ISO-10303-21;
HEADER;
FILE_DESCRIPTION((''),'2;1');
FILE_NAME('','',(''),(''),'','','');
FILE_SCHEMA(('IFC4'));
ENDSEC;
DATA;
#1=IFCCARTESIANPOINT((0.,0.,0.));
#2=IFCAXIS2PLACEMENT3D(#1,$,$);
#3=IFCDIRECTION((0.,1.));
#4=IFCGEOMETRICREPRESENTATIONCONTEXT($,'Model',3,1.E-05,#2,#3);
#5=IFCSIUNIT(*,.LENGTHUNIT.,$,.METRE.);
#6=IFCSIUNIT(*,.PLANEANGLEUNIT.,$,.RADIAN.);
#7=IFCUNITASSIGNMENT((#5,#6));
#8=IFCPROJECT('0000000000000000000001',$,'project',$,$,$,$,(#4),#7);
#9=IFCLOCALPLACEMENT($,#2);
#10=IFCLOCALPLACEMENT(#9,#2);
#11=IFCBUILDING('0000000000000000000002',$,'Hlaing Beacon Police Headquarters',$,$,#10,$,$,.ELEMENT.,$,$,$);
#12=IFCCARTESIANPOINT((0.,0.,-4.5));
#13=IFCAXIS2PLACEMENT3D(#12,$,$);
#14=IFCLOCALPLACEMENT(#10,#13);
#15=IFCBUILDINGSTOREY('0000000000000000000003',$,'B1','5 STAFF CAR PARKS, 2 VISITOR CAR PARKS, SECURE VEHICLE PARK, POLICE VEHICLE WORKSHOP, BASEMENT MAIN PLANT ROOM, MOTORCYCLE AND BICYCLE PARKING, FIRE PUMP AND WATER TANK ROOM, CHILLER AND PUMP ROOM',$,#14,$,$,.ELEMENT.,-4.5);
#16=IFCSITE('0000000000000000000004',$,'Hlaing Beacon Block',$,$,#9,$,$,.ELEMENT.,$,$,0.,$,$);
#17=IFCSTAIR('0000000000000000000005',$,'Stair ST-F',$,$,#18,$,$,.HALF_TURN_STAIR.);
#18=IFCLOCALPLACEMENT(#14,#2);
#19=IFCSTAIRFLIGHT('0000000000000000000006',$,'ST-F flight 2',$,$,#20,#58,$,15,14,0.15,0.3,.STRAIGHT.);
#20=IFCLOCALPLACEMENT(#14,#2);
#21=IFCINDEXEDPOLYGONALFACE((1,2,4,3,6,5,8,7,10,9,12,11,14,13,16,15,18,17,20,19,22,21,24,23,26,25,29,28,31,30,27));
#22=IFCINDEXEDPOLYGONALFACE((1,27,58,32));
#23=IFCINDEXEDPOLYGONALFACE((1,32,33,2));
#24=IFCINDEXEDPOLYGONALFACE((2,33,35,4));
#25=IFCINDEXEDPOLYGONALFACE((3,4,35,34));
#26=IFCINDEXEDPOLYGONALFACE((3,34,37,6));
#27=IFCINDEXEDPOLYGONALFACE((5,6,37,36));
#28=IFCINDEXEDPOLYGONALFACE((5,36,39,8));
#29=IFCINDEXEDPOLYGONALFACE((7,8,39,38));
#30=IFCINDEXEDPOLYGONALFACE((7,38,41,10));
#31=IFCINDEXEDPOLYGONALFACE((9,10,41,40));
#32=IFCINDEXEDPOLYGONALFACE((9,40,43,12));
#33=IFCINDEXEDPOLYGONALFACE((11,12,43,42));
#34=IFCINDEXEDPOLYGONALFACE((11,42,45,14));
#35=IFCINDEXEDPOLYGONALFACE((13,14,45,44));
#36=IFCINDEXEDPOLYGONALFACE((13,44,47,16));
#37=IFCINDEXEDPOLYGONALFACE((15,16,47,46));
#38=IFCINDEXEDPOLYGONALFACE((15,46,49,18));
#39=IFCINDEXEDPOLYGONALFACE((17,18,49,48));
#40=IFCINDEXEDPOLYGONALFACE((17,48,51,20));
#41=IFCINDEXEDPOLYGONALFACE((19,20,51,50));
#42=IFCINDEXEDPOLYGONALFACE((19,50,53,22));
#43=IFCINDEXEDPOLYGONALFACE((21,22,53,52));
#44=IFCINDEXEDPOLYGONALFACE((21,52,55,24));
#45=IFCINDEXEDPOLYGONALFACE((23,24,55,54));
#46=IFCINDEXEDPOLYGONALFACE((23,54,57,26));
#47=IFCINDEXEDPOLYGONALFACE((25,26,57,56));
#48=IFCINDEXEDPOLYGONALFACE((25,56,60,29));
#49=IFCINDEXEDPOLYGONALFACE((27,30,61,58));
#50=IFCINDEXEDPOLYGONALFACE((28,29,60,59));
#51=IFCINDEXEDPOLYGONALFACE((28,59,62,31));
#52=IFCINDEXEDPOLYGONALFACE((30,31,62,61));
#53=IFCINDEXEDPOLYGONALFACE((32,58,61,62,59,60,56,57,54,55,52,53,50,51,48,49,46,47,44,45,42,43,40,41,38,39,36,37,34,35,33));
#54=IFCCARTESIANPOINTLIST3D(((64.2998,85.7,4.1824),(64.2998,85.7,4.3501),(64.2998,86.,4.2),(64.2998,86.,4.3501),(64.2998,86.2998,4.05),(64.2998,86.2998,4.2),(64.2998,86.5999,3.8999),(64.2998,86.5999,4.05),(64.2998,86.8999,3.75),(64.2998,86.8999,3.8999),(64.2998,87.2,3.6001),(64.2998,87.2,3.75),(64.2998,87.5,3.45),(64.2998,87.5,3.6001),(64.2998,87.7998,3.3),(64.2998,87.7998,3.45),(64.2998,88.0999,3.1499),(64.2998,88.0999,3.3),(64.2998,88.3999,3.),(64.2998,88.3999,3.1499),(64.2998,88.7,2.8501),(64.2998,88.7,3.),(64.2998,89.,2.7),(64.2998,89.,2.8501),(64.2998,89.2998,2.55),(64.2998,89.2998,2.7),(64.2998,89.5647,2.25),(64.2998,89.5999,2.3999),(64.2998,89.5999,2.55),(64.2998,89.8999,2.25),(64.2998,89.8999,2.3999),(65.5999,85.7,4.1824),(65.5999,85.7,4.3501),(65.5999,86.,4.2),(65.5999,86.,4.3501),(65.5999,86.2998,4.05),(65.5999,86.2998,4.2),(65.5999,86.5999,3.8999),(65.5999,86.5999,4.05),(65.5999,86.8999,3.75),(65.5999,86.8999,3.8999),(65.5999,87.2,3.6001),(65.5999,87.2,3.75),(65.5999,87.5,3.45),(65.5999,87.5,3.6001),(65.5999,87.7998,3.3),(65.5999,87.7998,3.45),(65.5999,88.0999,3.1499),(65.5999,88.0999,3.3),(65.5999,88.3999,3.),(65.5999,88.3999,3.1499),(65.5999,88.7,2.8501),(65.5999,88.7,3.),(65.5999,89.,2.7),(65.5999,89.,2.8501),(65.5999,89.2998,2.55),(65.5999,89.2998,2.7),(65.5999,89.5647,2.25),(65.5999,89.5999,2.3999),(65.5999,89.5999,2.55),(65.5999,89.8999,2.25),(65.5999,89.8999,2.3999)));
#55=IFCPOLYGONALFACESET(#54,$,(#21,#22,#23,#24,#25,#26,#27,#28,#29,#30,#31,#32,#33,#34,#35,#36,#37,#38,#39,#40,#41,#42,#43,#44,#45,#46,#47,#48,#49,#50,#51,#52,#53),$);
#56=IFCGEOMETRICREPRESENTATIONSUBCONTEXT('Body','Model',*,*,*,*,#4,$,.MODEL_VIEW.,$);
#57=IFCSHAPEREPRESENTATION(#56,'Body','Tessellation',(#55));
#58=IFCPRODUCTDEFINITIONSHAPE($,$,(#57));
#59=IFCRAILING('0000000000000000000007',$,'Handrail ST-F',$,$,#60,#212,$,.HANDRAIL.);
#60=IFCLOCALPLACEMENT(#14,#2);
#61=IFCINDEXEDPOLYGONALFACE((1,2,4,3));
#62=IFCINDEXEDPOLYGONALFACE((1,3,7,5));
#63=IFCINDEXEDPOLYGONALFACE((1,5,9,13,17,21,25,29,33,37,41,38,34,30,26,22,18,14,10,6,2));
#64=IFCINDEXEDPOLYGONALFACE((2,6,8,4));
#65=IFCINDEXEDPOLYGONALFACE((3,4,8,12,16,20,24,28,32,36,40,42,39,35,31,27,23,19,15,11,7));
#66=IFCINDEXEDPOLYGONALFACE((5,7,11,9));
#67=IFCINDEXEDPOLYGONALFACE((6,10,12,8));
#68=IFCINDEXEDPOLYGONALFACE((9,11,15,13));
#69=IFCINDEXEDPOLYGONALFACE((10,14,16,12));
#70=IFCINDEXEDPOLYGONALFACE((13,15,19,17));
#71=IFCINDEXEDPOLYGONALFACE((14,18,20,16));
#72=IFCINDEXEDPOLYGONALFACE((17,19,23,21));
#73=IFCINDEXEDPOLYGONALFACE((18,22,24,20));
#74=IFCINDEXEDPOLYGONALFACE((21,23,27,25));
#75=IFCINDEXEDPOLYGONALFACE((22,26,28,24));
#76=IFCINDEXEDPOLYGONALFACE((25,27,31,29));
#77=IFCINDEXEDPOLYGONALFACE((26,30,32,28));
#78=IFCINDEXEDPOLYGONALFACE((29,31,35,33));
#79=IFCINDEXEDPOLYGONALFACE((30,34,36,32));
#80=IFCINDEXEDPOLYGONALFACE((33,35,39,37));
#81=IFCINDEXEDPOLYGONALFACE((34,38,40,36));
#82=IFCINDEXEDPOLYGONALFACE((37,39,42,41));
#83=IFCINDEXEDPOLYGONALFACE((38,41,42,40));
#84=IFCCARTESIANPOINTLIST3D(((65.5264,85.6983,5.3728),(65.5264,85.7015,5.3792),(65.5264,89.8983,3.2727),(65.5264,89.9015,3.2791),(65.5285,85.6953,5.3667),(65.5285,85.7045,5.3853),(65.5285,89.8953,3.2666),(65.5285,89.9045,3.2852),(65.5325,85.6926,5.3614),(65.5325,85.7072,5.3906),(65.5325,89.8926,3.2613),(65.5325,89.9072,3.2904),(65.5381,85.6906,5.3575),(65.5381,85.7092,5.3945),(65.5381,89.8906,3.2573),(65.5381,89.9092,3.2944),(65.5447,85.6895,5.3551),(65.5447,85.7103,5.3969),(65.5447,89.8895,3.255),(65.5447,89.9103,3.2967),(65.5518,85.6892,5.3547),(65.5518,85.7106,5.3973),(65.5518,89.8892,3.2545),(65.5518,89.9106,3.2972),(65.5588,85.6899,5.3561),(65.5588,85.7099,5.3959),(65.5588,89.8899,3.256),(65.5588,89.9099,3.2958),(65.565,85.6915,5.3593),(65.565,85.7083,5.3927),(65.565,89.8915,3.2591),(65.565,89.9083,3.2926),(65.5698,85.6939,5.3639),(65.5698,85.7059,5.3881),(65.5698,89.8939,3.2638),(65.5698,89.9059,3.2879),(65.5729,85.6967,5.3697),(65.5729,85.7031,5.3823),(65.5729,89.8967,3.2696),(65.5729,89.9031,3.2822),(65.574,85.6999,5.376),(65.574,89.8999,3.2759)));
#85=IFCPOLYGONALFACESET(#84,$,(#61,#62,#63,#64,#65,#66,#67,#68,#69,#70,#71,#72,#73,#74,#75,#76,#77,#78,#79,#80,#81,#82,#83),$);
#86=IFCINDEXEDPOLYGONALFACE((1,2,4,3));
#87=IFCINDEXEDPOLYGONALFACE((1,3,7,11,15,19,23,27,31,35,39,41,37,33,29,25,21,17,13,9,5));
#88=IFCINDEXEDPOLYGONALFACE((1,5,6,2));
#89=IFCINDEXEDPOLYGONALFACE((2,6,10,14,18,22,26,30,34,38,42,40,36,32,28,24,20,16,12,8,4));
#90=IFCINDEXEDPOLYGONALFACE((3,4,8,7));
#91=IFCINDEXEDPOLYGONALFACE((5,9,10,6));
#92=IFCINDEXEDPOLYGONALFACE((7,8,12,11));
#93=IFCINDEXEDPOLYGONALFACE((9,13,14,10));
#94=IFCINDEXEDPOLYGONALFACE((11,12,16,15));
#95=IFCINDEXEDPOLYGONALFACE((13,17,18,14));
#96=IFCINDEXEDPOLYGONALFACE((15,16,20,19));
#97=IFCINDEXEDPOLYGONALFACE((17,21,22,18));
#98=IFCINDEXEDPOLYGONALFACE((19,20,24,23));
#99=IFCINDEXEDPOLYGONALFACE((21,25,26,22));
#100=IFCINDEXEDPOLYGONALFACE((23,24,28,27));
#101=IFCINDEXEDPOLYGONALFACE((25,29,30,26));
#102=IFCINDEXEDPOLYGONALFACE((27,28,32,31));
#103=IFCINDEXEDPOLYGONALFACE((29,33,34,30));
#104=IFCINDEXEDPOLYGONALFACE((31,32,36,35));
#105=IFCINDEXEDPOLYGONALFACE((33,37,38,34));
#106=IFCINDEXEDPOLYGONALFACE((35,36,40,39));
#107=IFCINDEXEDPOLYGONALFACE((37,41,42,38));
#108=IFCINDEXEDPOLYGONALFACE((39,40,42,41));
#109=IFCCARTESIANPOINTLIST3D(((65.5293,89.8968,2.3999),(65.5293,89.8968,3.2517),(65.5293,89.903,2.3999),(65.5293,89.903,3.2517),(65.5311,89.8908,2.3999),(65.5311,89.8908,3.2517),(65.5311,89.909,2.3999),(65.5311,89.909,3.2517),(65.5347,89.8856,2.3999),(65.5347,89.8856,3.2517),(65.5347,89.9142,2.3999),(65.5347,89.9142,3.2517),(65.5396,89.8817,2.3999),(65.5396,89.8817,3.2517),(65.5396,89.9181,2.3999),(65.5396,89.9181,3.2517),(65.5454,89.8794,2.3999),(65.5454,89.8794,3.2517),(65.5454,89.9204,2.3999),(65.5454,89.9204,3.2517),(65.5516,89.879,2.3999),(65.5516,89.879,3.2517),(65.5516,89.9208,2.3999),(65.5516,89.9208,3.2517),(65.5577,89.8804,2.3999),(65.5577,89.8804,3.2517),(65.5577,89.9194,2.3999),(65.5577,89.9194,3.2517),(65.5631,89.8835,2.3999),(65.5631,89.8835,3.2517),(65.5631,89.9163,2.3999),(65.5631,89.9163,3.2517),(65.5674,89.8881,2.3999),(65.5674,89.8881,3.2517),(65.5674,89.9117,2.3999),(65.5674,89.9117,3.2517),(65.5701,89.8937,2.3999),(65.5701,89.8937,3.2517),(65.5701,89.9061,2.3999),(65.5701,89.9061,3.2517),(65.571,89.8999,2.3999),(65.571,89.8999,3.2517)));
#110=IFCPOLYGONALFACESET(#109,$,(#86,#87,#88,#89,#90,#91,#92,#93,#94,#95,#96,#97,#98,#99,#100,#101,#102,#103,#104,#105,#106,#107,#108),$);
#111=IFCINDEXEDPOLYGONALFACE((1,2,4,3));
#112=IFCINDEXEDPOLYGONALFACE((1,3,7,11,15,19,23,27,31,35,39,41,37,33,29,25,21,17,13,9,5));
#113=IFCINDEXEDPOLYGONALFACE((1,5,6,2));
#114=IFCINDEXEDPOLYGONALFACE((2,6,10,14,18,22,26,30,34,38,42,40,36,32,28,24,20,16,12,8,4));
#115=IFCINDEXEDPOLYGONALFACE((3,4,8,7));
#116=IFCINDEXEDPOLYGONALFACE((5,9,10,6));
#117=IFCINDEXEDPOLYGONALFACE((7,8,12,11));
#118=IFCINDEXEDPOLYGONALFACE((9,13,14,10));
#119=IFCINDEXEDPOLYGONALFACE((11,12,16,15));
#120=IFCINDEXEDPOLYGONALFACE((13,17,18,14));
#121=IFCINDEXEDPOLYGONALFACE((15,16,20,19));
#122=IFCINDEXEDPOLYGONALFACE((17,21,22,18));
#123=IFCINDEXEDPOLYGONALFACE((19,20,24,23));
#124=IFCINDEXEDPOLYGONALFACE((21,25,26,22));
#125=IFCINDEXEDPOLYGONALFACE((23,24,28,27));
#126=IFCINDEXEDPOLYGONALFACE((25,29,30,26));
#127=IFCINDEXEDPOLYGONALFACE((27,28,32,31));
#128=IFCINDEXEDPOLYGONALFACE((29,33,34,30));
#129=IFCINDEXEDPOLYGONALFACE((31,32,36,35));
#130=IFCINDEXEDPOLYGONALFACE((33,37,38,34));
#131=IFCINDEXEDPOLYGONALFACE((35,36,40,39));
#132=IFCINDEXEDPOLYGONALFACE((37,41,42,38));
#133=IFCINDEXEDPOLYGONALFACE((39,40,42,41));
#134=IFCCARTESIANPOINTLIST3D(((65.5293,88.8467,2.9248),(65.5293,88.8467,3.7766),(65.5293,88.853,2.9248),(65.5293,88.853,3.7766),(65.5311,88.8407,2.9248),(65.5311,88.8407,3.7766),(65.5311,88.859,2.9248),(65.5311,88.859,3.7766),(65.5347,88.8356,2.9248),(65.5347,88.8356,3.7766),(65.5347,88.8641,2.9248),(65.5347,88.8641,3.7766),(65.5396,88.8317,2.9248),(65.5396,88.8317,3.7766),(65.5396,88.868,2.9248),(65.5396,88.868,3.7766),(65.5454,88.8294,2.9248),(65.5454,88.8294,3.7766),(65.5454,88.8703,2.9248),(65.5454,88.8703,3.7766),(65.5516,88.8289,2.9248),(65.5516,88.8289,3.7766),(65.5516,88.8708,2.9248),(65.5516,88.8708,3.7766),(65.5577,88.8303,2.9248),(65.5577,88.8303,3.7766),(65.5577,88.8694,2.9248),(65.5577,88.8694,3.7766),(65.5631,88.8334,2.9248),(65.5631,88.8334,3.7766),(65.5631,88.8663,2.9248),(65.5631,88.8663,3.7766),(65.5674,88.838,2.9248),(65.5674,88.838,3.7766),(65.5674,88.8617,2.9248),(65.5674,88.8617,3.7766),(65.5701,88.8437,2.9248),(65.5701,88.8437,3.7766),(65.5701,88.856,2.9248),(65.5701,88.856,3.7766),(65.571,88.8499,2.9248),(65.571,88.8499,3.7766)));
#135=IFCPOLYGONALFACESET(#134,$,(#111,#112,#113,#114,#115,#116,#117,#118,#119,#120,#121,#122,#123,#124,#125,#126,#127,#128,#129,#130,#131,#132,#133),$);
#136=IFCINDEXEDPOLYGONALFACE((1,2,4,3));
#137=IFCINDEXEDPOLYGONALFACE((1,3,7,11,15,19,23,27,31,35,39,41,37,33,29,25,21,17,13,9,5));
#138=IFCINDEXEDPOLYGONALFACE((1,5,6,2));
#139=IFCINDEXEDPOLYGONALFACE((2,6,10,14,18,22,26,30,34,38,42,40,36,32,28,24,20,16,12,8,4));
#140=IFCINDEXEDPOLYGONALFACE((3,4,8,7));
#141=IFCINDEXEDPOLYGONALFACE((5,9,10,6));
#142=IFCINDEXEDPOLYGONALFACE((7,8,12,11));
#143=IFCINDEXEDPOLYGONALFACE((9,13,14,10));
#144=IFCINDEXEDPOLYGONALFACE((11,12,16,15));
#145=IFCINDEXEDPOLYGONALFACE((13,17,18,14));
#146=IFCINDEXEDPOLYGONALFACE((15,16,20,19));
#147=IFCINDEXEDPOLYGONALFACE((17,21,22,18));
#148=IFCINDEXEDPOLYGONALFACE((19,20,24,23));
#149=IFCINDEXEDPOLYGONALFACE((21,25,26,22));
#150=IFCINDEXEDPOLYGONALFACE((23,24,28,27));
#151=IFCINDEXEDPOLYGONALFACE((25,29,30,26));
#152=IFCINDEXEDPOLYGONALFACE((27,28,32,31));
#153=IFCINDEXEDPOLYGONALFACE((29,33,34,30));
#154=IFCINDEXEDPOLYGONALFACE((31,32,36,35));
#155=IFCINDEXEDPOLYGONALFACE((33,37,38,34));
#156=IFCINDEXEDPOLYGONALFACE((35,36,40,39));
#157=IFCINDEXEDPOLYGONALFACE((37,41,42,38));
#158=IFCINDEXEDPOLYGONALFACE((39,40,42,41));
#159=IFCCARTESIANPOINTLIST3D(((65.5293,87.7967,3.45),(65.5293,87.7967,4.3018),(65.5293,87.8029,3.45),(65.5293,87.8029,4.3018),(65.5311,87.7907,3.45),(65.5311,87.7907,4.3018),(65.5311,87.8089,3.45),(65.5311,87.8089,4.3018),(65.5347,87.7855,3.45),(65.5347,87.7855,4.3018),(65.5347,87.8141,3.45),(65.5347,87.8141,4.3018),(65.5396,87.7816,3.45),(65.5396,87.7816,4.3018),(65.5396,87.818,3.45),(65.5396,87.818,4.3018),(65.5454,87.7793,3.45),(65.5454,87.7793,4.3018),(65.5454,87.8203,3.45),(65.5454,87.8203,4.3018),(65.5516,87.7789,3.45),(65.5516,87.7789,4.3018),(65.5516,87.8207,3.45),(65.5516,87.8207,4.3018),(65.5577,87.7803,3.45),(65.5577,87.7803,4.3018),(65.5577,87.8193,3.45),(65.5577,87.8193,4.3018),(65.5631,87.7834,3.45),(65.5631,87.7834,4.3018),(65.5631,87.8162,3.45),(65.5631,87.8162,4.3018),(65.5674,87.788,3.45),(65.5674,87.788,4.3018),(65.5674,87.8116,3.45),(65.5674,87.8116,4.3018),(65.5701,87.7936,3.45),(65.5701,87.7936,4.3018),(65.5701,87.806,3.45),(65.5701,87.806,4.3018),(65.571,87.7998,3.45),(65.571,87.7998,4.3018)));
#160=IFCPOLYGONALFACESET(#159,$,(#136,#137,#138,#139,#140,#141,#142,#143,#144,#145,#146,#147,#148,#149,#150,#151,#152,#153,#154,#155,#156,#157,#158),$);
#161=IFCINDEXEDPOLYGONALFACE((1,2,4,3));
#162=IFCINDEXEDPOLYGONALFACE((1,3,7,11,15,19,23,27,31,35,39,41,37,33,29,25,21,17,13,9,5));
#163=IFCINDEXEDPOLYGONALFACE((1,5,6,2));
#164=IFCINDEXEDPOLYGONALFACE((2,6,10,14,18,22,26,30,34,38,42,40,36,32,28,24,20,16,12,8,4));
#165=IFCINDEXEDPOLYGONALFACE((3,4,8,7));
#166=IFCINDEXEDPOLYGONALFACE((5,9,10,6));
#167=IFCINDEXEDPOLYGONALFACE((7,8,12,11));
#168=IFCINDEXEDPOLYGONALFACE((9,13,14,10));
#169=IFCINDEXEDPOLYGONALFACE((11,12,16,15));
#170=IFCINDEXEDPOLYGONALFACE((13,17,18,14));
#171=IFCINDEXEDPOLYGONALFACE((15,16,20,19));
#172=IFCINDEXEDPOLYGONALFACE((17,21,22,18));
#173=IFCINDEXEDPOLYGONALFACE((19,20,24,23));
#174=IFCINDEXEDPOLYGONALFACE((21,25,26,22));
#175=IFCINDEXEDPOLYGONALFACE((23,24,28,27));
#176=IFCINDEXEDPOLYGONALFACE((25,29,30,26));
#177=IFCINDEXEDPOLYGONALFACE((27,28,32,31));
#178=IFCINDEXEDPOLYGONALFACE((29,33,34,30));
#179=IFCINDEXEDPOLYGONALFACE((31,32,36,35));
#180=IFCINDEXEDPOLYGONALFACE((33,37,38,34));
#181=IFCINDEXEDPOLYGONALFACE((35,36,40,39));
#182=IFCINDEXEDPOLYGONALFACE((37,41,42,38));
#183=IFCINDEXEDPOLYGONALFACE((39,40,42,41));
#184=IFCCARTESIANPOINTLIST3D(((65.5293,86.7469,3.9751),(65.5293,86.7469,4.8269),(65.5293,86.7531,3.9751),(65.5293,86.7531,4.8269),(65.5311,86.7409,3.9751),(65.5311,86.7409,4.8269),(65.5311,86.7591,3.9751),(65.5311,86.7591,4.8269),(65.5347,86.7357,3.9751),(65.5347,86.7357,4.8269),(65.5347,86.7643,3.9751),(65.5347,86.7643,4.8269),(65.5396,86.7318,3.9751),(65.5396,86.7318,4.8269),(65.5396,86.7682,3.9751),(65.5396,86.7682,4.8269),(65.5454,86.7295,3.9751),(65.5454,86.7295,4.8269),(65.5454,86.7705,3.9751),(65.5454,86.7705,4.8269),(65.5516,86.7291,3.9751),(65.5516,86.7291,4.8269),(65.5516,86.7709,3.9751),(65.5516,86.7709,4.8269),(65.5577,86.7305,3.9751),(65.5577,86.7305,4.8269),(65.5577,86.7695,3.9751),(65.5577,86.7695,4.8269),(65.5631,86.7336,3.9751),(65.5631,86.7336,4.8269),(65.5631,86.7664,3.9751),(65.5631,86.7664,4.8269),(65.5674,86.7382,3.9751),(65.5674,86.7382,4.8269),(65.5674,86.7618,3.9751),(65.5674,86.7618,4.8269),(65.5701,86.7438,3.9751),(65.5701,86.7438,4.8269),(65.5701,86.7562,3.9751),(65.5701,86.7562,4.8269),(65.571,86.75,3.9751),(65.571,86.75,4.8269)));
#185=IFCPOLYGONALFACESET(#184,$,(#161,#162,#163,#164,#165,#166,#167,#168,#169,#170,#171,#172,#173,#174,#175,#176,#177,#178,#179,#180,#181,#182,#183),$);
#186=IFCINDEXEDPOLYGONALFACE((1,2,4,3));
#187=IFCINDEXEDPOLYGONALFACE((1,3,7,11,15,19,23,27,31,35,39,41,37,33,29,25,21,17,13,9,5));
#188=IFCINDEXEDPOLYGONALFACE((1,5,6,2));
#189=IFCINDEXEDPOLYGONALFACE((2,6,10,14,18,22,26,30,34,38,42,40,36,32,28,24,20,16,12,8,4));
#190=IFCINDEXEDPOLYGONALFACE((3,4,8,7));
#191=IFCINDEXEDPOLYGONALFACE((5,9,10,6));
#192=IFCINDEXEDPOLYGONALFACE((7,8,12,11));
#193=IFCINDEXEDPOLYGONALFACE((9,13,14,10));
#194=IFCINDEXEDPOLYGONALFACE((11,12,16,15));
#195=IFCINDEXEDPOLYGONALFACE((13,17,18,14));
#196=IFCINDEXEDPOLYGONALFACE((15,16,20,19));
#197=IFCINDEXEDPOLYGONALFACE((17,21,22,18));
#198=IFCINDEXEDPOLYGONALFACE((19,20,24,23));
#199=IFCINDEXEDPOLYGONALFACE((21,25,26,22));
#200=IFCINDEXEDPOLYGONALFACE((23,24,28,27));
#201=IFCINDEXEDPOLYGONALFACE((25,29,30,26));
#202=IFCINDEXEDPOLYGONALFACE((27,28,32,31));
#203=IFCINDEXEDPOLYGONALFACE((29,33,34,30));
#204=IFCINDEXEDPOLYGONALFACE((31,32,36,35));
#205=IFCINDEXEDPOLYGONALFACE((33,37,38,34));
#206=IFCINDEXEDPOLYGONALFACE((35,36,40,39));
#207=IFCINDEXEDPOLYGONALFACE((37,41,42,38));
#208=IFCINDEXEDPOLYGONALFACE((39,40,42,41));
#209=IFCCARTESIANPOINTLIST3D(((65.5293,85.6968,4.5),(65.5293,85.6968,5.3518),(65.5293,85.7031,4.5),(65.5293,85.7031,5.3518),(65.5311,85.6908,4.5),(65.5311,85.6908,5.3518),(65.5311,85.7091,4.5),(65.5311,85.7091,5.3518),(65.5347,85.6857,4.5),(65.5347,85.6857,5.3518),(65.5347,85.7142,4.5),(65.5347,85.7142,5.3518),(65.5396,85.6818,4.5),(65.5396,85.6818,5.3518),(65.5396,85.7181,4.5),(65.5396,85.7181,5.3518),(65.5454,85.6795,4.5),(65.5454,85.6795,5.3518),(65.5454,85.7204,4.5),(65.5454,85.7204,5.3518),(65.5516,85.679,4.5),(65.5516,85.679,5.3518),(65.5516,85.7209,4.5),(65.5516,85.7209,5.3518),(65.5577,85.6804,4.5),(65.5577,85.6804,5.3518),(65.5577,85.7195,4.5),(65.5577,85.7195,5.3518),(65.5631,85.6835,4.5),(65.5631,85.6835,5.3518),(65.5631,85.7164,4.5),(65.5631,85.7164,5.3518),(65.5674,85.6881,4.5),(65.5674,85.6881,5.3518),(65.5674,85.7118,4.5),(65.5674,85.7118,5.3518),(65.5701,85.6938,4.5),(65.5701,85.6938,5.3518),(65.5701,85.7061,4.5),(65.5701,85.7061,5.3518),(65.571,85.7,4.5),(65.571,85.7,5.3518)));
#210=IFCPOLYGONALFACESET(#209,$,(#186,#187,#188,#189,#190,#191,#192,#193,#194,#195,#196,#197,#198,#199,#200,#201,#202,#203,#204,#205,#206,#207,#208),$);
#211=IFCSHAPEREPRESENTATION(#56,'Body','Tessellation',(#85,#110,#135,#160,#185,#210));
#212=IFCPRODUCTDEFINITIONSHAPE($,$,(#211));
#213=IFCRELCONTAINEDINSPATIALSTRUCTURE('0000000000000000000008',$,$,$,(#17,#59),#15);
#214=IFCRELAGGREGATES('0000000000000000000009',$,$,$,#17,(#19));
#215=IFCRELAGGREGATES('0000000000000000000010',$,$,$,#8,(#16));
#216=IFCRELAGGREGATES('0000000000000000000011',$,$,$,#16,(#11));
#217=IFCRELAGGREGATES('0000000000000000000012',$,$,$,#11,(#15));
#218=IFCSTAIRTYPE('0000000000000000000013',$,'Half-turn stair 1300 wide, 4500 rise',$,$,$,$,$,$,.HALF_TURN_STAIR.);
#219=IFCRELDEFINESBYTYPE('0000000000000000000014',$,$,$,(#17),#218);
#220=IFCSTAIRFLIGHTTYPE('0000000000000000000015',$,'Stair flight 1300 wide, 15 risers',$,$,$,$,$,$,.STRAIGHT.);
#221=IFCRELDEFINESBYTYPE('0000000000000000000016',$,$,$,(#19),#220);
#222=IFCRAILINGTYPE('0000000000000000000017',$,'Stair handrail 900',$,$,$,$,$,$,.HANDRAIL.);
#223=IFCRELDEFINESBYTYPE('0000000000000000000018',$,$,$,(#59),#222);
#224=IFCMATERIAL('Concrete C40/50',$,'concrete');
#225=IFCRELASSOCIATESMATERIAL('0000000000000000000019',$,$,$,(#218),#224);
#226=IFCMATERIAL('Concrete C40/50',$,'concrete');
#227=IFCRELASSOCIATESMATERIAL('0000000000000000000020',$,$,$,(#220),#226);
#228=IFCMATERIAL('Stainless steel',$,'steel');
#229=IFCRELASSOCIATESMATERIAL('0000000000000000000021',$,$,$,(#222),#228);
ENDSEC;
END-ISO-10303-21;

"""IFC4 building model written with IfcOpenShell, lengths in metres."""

from ifc_helpers import new_model, si_unit, direction, frame, origin, origin_2d, place, context, subcontext, project, spatial, polyline, circle, outline, extrude, material, type_object, element, aggregate, save


model = new_model("IFC4")

# Units and contexts
model_context = context("Model", 3, precision=1e-05, world=origin(), true_north=direction((0.0, 1.0)))
body_context = subcontext(model_context, "Body", "Model", "MODEL_VIEW")
ifc_project = project(units=[si_unit("LENGTHUNIT", "METRE"), si_unit("PLANEANGLEUNIT", "RADIAN")], contexts=[model_context])

# Site, building, storey
site_placement = place(None, origin())
site = spatial("IfcSite", under=ifc_project, at=site_placement, Name="Hlaing Beacon Block", CompositionType="ELEMENT", RefElevation=0.0)
building_placement = place(site_placement, origin())
building = spatial("IfcBuilding", under=site, at=building_placement, Name="Hlaing Beacon Police Headquarters", CompositionType="ELEMENT")
storey_placement = place(building_placement, frame((0.0, 0.0, -4.5)))
storey = spatial("IfcBuildingStorey", under=building, at=storey_placement, Name="B1", Description="5 STAFF CAR PARKS, 2 VISITOR CAR PARKS, SECURE VEHICLE PARK, POLICE VEHICLE WORKSHOP, BASEMENT MAIN PLANT ROOM, MOTORCYCLE AND BICYCLE PARKING, FIRE PUMP AND WATER TANK ROOM, CHILLER AND PUMP ROOM", CompositionType="ELEMENT", Elevation=-4.5)

# Stair, stair flight
ifc_material_1 = material(Name="Concrete C40/50", Category="concrete")
stair_type = type_object("IfcStairType", Name="Half-turn stair 1300 wide, 4500 rise", PredefinedType="HALF_TURN_STAIR", material=ifc_material_1)
stair_placement = place(storey_placement, origin())
stair = element("IfcStair", 1, at=stair_placement, inside=storey, type_object=stair_type, Name="Stair ST-F", PredefinedType="HALF_TURN_STAIR")
ifc_material_2 = material(Name="Concrete C40/50", Category="concrete")
stair_flight_type = type_object("IfcStairFlightType", Name="Stair flight 1300 wide, 15 risers", PredefinedType="STRAIGHT", material=ifc_material_2)
stair_flight_placement = place(storey_placement, frame((64.95, 89.8999, 2.25), z_axis=(0.0, 0.0, 1.0), x_axis=(0.0, -1.0, 0.0)))
stair_flight = element("IfcStairFlight", 2, at=stair_flight_placement, type_object=stair_flight_type, Name="ST-F flight 2", NumberOfRisers=15, NumberOfTreads=14, PredefinedType="STRAIGHT", RiserHeight=0.15, TreadLength=0.3, context=body_context, shape_type="SweptSolid", body=[
    extrude(outline(polyline([(0.0, 0.0), (0.0, 0.1499), (0.3, 0.1499), (0.3, 0.3), (0.6001, 0.3), (0.6001, 0.45), (0.8999, 0.45), (0.8999, 0.6001), (1.2, 0.6001), (1.2, 0.75), (1.5, 0.75), (1.5, 0.8999), (1.8, 0.8999), (1.8, 1.05), (2.1001, 1.05), (2.1001, 1.2), (2.3999, 1.2), (2.3999, 1.3501), (2.7, 1.3501), (2.7, 1.5), (3.0, 1.5), (3.0, 1.6499), (3.3, 1.6499), (3.3, 1.8), (3.6001, 1.8), (3.6001, 1.95), (3.8999, 1.95), (3.8999, 2.1001), (4.2, 2.1001), (4.2, 2.25), (4.2, 1.9324), (0.3352, 0.0), (0.0, 0.0)])), frame((0.0, 0.6499, 0.0), z_axis=(0.0, -1.0, 0.0), x_axis=(1.0, 0.0, 0.0)), (0.0, 0.0, 1.0), 1.3),
])
aggregate(stair, [stair_flight])

# Railing
ifc_material_3 = material(Name="Stainless steel", Category="steel")
railing_type = type_object("IfcRailingType", Name="Stair handrail 900", PredefinedType="HANDRAIL", material=ifc_material_3)
railing_placement = place(storey_placement, frame((65.55, 89.8999, 2.3999)))
element("IfcRailing", 3, at=railing_placement, inside=storey, type_object=railing_type, Name="Handrail ST-F", PredefinedType="HANDRAIL", context=body_context, shape_type="SweptSolid", body=[
    extrude(circle(Radius=0.0239, at=origin_2d()), frame((0.0, 0.0, 0.876), z_axis=(0.0, -0.894417, 0.447234), x_axis=(1.0, 0.0, 0.0)), (0.0, 0.0, 1.0), 4.6958),
    extrude(circle(Radius=0.021, at=origin_2d()), origin(), (0.0, 0.0, 1.0), 0.8518),
    extrude(circle(Radius=0.021, at=origin_2d()), frame((0.0, -1.05, 0.5249)), (0.0, 0.0, 1.0), 0.8518),
    extrude(circle(Radius=0.021, at=origin_2d()), frame((0.0, -2.1001, 1.05)), (0.0, 0.0, 1.0), 0.8518),
    extrude(circle(Radius=0.021, at=origin_2d()), frame((0.0, -3.1499, 1.5752)), (0.0, 0.0, 1.0), 0.8518),
    extrude(circle(Radius=0.021, at=origin_2d()), frame((0.0, -4.2, 2.1001)), (0.0, 0.0, 1.0), 0.8518),
])

save(model, "model.ifc")
